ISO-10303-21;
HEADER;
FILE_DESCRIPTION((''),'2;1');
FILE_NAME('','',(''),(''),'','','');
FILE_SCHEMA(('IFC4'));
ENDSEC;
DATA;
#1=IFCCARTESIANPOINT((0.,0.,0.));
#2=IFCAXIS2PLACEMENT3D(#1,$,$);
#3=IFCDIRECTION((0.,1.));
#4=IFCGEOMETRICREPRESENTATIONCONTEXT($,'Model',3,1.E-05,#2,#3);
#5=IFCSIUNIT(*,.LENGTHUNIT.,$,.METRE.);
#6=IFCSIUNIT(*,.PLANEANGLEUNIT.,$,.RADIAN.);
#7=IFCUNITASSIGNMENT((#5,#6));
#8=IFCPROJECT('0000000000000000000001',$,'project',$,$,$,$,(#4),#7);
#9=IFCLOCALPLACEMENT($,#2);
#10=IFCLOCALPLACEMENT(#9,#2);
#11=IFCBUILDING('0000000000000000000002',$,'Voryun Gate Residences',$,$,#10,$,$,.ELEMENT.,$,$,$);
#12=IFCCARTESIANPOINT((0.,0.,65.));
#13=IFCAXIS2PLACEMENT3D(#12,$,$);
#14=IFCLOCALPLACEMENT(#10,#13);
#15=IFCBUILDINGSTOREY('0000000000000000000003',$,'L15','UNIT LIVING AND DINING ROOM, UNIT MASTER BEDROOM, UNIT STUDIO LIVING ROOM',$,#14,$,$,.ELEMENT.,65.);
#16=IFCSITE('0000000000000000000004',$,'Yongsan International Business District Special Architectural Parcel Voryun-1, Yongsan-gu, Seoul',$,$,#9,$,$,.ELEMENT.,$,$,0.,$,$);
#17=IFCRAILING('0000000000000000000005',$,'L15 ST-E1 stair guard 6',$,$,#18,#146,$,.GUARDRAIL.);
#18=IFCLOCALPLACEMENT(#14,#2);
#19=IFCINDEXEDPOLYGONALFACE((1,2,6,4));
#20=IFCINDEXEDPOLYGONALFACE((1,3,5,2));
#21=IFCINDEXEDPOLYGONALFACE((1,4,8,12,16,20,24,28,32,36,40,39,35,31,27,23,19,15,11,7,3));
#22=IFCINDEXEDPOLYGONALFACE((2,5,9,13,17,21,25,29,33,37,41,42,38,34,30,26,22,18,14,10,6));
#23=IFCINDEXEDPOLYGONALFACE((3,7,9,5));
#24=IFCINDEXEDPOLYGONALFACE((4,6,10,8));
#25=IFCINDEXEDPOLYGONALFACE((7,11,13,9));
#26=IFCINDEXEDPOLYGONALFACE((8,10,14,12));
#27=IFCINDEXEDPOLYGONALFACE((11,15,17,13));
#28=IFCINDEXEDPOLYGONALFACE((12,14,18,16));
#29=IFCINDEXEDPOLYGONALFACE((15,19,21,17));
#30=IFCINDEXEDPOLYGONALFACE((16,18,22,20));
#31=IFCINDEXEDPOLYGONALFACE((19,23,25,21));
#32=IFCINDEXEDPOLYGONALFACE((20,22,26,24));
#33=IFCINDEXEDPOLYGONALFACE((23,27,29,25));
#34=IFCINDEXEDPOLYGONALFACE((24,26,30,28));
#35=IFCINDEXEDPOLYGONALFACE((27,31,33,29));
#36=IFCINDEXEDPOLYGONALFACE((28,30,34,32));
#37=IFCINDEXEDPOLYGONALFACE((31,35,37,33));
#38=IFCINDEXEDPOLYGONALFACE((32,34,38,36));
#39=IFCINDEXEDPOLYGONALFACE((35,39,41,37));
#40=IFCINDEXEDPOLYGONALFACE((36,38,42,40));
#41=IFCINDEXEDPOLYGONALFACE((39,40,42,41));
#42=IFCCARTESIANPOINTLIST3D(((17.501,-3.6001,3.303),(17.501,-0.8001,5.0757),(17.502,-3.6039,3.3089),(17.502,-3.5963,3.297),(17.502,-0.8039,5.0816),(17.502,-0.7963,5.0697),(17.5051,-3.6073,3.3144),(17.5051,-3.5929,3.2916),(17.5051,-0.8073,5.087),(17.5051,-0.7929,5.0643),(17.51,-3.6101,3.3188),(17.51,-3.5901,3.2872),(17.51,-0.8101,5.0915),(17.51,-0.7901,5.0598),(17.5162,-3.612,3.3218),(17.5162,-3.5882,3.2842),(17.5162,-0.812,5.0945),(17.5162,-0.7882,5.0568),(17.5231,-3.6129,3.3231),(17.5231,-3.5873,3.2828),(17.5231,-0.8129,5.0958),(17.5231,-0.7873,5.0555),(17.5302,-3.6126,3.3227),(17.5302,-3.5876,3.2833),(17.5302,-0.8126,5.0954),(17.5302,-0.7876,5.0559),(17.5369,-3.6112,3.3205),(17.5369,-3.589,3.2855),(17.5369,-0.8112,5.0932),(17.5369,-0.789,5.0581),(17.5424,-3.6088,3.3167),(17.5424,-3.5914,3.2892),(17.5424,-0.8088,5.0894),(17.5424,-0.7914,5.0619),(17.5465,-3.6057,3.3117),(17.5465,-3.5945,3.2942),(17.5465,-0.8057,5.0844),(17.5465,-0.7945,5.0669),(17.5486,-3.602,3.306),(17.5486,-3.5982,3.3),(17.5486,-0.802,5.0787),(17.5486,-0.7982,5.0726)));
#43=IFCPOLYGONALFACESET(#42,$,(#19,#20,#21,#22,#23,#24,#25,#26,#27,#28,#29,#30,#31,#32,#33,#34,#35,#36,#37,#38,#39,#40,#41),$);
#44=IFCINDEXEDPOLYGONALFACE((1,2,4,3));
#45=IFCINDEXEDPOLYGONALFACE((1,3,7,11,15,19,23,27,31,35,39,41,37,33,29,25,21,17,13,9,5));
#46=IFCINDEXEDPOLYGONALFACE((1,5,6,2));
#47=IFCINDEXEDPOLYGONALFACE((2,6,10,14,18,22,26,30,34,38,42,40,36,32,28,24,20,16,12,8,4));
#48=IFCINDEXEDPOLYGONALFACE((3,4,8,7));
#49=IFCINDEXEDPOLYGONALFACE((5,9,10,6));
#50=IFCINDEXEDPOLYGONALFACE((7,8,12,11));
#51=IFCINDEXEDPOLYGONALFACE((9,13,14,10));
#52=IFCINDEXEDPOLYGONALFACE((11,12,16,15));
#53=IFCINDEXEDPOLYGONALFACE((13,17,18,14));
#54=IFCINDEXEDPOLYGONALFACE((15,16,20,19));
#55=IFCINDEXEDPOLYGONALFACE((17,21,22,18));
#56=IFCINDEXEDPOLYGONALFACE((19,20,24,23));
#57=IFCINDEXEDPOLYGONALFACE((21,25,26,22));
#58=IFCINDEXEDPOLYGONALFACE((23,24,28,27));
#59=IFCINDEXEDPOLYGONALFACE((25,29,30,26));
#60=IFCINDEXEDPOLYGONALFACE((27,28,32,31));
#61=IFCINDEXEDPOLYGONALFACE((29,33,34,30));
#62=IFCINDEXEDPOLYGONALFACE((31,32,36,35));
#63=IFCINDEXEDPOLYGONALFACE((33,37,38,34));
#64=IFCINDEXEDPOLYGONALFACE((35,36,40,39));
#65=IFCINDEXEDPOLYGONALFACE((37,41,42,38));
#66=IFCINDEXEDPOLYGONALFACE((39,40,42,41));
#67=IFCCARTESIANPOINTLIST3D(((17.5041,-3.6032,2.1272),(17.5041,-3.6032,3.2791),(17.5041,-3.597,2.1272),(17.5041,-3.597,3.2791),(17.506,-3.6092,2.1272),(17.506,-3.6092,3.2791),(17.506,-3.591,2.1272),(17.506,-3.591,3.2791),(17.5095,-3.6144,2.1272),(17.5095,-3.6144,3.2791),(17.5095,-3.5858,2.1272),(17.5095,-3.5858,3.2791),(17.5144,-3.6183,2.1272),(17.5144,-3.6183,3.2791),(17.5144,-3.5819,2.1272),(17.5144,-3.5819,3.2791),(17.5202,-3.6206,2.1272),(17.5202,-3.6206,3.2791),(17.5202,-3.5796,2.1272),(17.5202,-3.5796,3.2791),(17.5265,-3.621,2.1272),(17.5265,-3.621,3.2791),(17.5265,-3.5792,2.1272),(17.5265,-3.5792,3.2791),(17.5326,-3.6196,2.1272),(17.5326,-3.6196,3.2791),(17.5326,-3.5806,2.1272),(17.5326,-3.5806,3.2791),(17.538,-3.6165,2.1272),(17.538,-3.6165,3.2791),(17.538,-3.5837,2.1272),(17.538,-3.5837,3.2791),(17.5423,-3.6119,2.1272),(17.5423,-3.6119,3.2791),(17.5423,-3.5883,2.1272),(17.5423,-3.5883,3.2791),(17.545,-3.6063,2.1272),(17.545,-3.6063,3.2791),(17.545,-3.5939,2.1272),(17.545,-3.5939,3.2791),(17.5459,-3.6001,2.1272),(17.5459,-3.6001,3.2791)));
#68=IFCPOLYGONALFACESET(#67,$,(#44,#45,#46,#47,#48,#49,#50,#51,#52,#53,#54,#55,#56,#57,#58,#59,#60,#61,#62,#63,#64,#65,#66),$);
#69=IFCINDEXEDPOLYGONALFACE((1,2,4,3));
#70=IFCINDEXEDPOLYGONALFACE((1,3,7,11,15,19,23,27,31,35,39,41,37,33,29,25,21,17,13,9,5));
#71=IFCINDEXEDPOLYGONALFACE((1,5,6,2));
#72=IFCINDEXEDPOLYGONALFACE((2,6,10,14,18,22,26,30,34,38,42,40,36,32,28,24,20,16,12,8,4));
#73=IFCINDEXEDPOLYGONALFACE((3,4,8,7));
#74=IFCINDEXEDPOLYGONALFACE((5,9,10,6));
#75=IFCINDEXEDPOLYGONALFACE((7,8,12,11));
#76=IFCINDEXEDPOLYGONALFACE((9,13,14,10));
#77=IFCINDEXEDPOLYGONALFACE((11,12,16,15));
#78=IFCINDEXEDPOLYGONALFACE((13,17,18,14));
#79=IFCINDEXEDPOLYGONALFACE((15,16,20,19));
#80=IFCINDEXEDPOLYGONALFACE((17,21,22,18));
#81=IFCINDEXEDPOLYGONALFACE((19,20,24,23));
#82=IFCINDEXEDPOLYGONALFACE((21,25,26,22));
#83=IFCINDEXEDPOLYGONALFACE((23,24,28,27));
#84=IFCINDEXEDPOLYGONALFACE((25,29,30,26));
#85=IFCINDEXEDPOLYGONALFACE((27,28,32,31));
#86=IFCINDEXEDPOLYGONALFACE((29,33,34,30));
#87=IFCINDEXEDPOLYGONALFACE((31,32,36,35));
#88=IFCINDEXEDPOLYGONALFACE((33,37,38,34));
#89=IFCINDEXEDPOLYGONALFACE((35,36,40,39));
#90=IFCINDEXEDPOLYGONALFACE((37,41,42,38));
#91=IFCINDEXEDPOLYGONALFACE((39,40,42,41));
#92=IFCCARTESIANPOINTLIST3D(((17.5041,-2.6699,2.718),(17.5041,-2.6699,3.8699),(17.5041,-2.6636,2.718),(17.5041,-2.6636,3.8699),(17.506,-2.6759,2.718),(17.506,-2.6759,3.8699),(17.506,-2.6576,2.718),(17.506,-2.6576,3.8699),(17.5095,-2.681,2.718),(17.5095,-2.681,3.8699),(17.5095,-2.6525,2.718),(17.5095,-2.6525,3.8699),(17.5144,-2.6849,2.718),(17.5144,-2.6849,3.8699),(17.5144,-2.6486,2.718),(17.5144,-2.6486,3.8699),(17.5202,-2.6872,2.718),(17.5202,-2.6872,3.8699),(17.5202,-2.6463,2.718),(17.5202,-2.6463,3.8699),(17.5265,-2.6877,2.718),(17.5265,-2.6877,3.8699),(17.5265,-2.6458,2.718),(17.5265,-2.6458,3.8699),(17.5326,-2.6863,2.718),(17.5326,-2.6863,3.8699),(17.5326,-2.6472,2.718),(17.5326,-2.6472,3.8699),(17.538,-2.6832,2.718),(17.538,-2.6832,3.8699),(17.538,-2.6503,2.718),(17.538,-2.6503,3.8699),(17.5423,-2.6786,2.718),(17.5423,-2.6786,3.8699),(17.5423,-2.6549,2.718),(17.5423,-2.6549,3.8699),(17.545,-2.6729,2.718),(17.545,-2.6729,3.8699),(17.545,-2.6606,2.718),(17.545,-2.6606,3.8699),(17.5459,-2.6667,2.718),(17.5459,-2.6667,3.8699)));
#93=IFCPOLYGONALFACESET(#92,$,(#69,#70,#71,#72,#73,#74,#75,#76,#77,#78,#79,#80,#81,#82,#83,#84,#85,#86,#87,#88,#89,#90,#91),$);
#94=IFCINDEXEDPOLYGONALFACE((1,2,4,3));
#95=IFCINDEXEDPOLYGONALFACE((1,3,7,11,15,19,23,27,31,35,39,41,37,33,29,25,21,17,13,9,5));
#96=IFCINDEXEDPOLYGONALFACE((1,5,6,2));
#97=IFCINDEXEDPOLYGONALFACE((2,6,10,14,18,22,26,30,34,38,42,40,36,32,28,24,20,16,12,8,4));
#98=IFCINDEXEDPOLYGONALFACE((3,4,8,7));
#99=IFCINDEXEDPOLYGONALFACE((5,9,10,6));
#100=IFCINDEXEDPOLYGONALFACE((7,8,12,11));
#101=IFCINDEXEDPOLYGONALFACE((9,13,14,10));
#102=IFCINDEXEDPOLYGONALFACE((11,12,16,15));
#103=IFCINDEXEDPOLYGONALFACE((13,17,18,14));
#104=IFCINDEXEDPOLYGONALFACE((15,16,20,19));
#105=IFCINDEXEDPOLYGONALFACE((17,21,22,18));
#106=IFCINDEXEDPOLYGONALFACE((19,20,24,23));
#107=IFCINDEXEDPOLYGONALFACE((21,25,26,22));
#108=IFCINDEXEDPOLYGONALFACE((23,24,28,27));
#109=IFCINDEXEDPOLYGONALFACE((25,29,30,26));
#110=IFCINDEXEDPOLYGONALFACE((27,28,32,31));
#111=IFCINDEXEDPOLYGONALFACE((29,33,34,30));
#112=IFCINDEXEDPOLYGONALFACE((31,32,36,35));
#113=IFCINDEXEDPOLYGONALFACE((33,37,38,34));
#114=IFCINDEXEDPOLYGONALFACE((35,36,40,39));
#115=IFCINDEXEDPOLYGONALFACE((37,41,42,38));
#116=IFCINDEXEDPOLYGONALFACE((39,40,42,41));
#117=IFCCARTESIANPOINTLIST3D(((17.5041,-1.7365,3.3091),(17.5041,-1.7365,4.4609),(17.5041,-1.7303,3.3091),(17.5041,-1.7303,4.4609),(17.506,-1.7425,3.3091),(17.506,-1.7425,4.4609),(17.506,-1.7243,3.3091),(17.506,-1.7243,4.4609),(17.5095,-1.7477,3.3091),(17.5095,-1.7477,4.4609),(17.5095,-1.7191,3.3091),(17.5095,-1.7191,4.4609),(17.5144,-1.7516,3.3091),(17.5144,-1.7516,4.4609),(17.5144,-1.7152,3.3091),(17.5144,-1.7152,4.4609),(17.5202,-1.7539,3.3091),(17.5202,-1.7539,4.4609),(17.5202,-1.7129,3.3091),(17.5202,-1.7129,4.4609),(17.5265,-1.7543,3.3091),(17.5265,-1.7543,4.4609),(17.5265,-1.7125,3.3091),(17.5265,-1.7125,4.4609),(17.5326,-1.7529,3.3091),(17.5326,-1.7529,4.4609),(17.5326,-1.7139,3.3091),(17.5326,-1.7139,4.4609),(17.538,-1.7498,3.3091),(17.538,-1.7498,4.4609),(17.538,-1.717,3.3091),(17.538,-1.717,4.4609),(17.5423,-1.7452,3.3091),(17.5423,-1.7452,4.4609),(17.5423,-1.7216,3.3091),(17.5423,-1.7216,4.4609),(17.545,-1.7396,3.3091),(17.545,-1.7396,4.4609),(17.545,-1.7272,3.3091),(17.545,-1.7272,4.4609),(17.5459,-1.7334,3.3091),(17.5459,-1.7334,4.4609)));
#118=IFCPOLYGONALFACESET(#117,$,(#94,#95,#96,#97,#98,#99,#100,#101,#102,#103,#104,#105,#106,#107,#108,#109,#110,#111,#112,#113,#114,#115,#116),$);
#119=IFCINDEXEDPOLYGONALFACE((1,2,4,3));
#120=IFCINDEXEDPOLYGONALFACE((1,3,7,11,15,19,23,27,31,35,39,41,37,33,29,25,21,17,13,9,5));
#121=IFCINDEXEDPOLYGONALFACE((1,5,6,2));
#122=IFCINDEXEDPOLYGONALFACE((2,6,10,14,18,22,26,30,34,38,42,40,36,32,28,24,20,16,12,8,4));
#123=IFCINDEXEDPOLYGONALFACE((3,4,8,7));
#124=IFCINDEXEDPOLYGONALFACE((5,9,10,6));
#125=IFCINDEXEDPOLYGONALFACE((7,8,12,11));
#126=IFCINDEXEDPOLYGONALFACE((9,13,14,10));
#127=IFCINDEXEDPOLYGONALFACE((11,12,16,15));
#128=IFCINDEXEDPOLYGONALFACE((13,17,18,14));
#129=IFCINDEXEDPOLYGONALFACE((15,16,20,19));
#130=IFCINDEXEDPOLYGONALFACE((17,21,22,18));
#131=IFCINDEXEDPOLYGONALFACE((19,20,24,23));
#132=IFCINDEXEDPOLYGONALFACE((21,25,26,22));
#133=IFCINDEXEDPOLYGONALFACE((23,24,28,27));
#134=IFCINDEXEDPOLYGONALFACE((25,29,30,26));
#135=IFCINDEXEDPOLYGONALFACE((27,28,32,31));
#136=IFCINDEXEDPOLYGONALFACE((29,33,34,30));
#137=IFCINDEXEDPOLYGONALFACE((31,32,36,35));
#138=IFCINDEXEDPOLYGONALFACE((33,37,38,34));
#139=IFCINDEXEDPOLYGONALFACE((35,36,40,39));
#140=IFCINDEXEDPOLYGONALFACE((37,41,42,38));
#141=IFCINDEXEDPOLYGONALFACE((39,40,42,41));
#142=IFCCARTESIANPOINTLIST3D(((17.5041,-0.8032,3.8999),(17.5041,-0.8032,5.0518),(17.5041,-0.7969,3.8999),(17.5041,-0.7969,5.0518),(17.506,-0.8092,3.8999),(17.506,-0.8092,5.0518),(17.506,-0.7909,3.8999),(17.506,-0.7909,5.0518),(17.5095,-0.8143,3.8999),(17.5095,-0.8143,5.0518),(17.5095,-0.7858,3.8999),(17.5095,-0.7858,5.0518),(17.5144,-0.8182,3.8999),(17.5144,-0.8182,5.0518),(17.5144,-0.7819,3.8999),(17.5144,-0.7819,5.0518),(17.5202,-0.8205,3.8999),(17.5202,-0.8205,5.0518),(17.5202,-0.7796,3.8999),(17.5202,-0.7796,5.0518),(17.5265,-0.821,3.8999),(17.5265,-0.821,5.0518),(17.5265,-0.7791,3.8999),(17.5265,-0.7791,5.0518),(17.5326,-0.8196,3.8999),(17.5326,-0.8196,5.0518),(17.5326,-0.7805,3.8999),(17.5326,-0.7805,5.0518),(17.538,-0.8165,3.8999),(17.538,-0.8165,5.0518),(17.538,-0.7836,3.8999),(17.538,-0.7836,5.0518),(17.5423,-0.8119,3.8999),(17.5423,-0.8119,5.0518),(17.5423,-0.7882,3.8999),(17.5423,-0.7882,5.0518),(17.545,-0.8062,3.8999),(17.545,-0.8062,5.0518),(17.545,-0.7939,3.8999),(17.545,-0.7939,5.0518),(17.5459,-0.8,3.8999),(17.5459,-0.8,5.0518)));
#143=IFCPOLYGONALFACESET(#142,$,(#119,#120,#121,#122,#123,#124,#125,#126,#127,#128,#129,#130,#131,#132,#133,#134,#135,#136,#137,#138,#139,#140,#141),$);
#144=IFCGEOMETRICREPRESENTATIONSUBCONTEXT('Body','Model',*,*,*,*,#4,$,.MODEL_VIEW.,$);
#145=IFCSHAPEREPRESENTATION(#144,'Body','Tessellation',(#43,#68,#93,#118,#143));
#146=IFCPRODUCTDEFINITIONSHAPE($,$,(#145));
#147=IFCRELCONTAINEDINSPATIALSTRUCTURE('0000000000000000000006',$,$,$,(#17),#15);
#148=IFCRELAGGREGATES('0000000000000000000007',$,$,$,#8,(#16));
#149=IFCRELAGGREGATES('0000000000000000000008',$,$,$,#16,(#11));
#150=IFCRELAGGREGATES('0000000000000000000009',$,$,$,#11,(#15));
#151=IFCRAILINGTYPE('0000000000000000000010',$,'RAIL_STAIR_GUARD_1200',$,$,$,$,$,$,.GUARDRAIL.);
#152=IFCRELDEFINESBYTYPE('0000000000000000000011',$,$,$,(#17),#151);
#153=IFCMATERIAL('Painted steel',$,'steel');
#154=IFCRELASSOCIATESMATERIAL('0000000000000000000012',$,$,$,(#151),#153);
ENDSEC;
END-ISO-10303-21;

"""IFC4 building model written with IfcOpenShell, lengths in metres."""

from ifc_helpers import new_model, si_unit, direction, frame, origin, origin_2d, place, context, subcontext, project, spatial, circle, extrude, material, type_object, element, save


model = new_model("IFC4")

# Units and contexts
model_context = context("Model", 3, precision=1e-05, world=origin(), true_north=direction((0.0, 1.0)))
body_context = subcontext(model_context, "Body", "Model", "MODEL_VIEW")
ifc_project = project(units=[si_unit("LENGTHUNIT", "METRE"), si_unit("PLANEANGLEUNIT", "RADIAN")], contexts=[model_context])

# Site, building, storey
site_placement = place(None, origin())
site = spatial("IfcSite", under=ifc_project, at=site_placement, Name="Yongsan International Business District Special Architectural Parcel Voryun-1, Yongsan-gu, Seoul", CompositionType="ELEMENT", RefElevation=0.0)
building_placement = place(site_placement, origin())
building = spatial("IfcBuilding", under=site, at=building_placement, Name="Voryun Gate Residences", CompositionType="ELEMENT")
storey_placement = place(building_placement, frame((0.0, 0.0, 65.0)))
storey = spatial("IfcBuildingStorey", under=building, at=storey_placement, Name="L15", Description="UNIT LIVING AND DINING ROOM, UNIT MASTER BEDROOM, UNIT STUDIO LIVING ROOM", CompositionType="ELEMENT", Elevation=65.0)

# Railing
ifc_material_1 = material(Name="Painted steel", Category="steel")
railing_type_1 = type_object("IfcRailingType", Name="RAIL_STAIR_GUARD_1200", PredefinedType="GUARDRAIL", material=ifc_material_1)
railing_1_placement = place(storey_placement, frame((17.5249, -3.6001, 2.1272)))
element("IfcRailing", 1, at=railing_1_placement, inside=storey, type_object=railing_type_1, Name="L15 ST-E1 stair guard 6", PredefinedType="GUARDRAIL", context=body_context, shape_type="SweptSolid", body=[
    extrude(circle(Radius=0.0239, at=origin_2d()), frame((0.0, 0.0, 1.1758), z_axis=(0.0, 0.844909, 0.53491), x_axis=(-1.0, 0.0, 0.0)), (0.0, 0.0, 1.0), 3.314),
    extrude(circle(Radius=0.021, at=origin_2d()), origin(), (0.0, 0.0, 1.0), 1.1519),
    extrude(circle(Radius=0.021, at=origin_2d()), frame((0.0, 0.9333, 0.5908)), (0.0, 0.0, 1.0), 1.1519),
    extrude(circle(Radius=0.021, at=origin_2d()), frame((0.0, 1.8667, 1.1819)), (0.0, 0.0, 1.0), 1.1519),
    extrude(circle(Radius=0.021, at=origin_2d()), frame((0.0, 2.8, 1.7727)), (0.0, 0.0, 1.0), 1.1519),
])

save(model, "model.ifc")
